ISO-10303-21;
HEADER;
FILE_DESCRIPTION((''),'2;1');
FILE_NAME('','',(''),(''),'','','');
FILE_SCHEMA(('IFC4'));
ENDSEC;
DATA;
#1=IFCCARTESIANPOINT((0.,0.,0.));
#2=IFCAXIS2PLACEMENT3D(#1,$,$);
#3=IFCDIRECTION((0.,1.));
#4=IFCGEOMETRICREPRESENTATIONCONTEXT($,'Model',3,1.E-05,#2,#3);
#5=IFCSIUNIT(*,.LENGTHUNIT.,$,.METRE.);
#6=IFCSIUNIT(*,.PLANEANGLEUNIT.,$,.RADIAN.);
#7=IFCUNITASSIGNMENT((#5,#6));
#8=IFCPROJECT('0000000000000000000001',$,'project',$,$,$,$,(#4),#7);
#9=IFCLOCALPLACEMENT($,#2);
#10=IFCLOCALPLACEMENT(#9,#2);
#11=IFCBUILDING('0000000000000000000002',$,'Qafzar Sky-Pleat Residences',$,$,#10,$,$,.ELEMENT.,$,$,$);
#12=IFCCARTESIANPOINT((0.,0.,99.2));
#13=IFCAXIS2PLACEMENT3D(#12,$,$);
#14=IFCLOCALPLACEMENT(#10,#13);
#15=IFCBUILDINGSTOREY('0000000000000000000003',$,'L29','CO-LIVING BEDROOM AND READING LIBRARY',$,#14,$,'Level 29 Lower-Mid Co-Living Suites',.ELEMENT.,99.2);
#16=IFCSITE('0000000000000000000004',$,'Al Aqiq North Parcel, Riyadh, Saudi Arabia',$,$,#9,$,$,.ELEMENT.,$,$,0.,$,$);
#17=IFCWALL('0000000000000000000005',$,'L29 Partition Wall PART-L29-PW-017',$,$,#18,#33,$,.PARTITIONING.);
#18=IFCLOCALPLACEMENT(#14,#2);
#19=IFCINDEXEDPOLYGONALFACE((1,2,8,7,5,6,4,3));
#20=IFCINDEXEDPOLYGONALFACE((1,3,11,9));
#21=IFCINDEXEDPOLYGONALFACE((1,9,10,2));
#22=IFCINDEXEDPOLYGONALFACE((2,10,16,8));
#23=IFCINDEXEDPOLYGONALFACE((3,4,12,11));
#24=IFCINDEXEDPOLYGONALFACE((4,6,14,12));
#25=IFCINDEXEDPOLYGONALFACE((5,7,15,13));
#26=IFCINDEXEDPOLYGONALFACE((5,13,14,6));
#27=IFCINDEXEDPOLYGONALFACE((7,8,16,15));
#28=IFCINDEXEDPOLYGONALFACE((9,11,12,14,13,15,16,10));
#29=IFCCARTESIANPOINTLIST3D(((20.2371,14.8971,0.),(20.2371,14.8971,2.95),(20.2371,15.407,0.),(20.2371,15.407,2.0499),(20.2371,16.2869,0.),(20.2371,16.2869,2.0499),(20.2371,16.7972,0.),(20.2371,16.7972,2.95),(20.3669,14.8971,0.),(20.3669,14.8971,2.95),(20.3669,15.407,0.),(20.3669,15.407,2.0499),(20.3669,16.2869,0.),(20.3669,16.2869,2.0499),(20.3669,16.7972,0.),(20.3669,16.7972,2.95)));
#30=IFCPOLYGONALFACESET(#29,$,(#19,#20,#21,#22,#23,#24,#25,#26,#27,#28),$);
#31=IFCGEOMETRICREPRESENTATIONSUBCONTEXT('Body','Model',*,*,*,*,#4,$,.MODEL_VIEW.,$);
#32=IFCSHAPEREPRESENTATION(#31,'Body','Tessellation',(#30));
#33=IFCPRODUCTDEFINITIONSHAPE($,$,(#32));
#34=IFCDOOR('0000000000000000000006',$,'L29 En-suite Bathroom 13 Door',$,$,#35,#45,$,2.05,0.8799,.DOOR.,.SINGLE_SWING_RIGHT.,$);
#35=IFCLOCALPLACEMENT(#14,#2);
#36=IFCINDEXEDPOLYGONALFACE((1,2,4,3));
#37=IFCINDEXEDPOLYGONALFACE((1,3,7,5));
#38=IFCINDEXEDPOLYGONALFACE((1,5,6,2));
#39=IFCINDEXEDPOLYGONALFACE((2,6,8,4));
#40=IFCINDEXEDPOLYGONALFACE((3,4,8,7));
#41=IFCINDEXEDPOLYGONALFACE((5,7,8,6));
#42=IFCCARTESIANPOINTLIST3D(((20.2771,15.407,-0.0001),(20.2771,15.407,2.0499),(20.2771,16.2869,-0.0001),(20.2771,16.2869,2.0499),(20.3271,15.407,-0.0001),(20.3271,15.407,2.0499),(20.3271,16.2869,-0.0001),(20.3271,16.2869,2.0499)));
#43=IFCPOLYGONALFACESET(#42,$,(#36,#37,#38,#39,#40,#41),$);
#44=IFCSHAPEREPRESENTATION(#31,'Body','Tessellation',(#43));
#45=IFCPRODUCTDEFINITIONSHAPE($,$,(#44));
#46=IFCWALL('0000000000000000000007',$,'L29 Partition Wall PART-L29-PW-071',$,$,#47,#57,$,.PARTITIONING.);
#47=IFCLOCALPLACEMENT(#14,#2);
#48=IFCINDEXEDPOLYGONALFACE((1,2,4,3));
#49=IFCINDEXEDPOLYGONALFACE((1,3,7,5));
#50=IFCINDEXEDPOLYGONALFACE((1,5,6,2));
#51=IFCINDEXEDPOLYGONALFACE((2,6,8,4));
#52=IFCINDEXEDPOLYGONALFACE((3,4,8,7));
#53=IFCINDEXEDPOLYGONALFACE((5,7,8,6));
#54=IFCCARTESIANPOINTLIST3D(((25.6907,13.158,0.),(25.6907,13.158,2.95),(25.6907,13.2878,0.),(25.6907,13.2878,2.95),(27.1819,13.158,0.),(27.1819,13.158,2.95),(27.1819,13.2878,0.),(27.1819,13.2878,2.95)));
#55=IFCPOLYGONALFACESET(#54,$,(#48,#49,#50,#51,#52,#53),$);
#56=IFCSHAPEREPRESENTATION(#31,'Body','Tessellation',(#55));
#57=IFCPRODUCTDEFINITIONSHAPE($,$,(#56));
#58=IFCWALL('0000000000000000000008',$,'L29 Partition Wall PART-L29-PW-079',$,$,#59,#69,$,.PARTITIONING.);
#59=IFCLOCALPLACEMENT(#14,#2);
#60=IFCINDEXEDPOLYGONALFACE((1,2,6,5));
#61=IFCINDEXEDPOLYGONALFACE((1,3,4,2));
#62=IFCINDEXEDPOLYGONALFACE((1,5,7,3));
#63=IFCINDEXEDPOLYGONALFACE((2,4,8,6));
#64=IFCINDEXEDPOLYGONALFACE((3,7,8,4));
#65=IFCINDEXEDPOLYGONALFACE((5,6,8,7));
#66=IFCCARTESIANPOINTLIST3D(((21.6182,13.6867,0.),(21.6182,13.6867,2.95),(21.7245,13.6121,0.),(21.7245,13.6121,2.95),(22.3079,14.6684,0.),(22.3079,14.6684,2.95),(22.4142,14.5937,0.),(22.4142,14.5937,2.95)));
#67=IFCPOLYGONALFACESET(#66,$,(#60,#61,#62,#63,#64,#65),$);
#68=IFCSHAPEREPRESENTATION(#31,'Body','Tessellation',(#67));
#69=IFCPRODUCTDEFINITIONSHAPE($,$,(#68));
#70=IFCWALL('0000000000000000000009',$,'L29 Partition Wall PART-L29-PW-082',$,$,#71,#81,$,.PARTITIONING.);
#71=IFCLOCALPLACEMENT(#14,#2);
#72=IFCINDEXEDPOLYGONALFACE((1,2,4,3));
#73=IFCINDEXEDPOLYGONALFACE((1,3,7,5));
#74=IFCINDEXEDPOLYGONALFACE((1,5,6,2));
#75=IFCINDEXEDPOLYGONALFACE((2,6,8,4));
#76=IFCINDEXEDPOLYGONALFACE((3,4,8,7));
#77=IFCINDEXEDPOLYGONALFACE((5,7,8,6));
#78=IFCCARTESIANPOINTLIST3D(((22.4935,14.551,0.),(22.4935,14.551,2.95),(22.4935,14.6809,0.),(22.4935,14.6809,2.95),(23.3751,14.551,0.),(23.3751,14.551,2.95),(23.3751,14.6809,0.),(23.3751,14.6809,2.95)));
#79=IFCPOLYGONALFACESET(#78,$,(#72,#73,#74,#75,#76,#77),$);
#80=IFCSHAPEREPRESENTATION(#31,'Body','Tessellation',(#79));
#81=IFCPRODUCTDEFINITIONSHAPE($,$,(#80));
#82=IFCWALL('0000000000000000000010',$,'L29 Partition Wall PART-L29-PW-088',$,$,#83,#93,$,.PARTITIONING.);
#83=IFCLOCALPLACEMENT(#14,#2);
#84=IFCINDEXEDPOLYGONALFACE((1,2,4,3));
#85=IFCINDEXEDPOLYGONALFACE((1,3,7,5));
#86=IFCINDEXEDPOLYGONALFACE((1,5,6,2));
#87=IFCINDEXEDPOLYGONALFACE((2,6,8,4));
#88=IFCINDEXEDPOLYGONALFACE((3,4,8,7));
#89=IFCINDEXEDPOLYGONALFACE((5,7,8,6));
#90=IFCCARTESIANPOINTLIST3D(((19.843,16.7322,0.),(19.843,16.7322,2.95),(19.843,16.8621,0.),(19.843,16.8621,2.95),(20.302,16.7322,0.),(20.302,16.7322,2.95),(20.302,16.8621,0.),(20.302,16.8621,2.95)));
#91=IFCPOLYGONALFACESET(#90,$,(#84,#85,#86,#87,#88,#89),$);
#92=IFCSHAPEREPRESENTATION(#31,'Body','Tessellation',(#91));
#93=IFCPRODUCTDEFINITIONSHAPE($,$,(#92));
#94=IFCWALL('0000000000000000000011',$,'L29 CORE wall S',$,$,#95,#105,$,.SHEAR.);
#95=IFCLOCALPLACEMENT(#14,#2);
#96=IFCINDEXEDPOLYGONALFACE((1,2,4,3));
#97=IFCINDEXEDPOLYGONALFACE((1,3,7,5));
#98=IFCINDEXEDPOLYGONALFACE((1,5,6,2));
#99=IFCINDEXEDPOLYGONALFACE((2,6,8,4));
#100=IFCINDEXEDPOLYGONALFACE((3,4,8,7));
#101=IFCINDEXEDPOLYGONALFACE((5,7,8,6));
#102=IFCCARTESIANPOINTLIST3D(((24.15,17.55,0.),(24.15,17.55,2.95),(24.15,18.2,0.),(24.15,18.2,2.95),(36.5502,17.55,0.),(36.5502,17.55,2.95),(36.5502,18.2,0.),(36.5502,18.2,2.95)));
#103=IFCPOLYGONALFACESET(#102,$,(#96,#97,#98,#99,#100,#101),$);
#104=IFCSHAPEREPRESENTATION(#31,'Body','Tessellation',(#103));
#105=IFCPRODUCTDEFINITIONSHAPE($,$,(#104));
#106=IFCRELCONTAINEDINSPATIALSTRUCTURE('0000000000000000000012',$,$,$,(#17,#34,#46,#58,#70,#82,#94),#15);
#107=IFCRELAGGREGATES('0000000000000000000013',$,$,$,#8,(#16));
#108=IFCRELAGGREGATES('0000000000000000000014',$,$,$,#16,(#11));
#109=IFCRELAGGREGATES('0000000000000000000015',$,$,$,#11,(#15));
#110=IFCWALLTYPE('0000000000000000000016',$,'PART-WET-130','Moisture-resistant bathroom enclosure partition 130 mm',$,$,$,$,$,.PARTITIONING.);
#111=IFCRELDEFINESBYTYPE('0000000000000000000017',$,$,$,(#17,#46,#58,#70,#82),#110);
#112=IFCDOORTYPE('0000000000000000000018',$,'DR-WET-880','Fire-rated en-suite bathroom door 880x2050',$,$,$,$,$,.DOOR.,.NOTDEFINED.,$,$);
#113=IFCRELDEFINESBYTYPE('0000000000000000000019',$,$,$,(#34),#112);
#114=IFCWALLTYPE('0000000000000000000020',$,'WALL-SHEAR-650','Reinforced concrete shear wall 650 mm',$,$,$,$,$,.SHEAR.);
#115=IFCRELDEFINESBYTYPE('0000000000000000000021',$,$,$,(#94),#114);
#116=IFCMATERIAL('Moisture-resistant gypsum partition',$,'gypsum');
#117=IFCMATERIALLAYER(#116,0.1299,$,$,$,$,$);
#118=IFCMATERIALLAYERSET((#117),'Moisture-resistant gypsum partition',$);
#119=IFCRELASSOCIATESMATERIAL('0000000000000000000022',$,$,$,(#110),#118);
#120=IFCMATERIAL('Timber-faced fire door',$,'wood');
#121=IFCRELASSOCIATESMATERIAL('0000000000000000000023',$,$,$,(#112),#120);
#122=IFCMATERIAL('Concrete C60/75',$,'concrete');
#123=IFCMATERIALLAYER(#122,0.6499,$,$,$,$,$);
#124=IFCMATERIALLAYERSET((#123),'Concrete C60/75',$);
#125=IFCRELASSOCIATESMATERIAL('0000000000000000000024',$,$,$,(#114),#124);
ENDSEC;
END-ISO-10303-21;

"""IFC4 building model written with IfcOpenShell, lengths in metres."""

from ifc_helpers import new_model, si_unit, direction, frame, frame_2d, origin, place, context, subcontext, project, spatial, rectangle, extrude, source, transform, mapped, material, layer, layer_set, type_object, element, fill, save


model = new_model("IFC4")

# Units and contexts
model_context = context("Model", 3, precision=1e-05, world=origin(), true_north=direction((0.0, 1.0)))
body_context = subcontext(model_context, "Body", "Model", "MODEL_VIEW")
ifc_project = project(units=[si_unit("LENGTHUNIT", "METRE"), si_unit("PLANEANGLEUNIT", "RADIAN")], contexts=[model_context])

# Site, building, storey
site_placement = place(None, origin())
site = spatial("IfcSite", under=ifc_project, at=site_placement, Name="Al Aqiq North Parcel, Riyadh, Saudi Arabia", CompositionType="ELEMENT", RefElevation=0.0)
building_placement = place(site_placement, origin())
building = spatial("IfcBuilding", under=site, at=building_placement, Name="Qafzar Sky-Pleat Residences", CompositionType="ELEMENT")
storey_placement = place(building_placement, frame((0.0, 0.0, 99.2)))
storey = spatial("IfcBuildingStorey", under=building, at=storey_placement, Name="L29", Description="CO-LIVING BEDROOM AND READING LIBRARY", LongName="Level 29 Lower-Mid Co-Living Suites", CompositionType="ELEMENT", Elevation=99.2)

# Shared definitions
ifc_material_1 = material(Name="Timber-faced fire door", Category="wood")

# Wall, opening, door
ifc_material_2 = material(Name="Moisture-resistant gypsum partition", Category="gypsum")
ifc_layer_1 = layer(ifc_material_2, 0.1299)
ifc_layer_set_1 = layer_set([ifc_layer_1], Name="Moisture-resistant gypsum partition")
wall_type_1 = type_object("IfcWallType", Name="PART-WET-130", Description="Moisture-resistant bathroom enclosure partition 130 mm", PredefinedType="PARTITIONING", material=ifc_layer_set_1)
wall_1_placement = place(storey_placement, frame((20.302, 14.897, 0.0), z_axis=(0.0, 0.0, 1.0), x_axis=(0.0, 1.0, 0.0)))
wall_1 = element("IfcWall", 1, at=wall_1_placement, inside=storey, type_object=wall_type_1, Name="L29 Partition Wall PART-L29-PW-017", PredefinedType="PARTITIONING", context=body_context, shape_type="SweptSolid", body=[
    extrude(rectangle(XDim=1.9001, YDim=0.1299, at=frame_2d((0.9502, 0.0))), origin(), (0.0, 0.0, 1.0), 2.95),
])
opening_1_placement = place(wall_1_placement, frame((0.51, 0.0, 0.0)))
opening_1 = element("IfcOpeningElement", 2, at=opening_1_placement, cuts=wall_1, PredefinedType="OPENING", context=body_context, shape_type="SweptSolid", body=[
    extrude(rectangle(XDim=0.8799, YDim=2.05, at=frame_2d((0.4399, 1.0249))), frame((0.0, 0.075, 0.0), z_axis=(0.0, -1.0, 0.0), x_axis=(1.0, 0.0, 0.0)), (0.0, 0.0, 1.0), 0.1499),
])
door_type_1 = type_object("IfcDoorType", Name="DR-WET-880", Description="Fire-rated en-suite bathroom door 880x2050", OperationType="NOTDEFINED", PredefinedType="DOOR", material=ifc_material_1)
shared_shape_1 = source(origin(), body_context, "Body", "SweptSolid", [
    extrude(rectangle(XDim=0.8799, YDim=2.05, at=frame_2d((0.4399, 1.0249))), frame((0.0, 0.0249, 0.0), z_axis=(0.0, -1.0, 0.0), x_axis=(1.0, 0.0, 0.0)), (0.0, 0.0, 1.0), 0.05),
])
door_1_placement = place(opening_1_placement, origin())
door_1 = element("IfcDoor", 3, at=door_1_placement, inside=storey, type_object=door_type_1, Name="L29 En-suite Bathroom 13 Door", OperationType="SINGLE_SWING_RIGHT", OverallHeight=2.05, OverallWidth=0.8799, PredefinedType="DOOR", context=body_context, shape_type="MappedRepresentation", body=[
    mapped(shared_shape_1, transform((0.0, 0.0, 0.0), x_axis=(1.0, 0.0, 0.0), y_axis=(0.0, 1.0, 0.0), z_axis=(0.0, 0.0, 1.0), scale=1.0)),
])
fill(opening_1, door_1)

# Walls
wall_2_placement = place(storey_placement, frame((25.6907, 13.2229, 0.0), z_axis=(0.0, 0.0, 1.0), x_axis=(1.0, 0.0, 0.0)))
element("IfcWall", 4, at=wall_2_placement, inside=storey, type_object=wall_type_1, Name="L29 Partition Wall PART-L29-PW-071", PredefinedType="PARTITIONING", context=body_context, shape_type="SweptSolid", body=[
    extrude(rectangle(XDim=1.4912, YDim=0.1299, at=frame_2d((0.7456, 0.0))), origin(), (0.0, 0.0, 1.0), 2.95),
])
wall_3_placement = place(storey_placement, frame((21.6714, 13.6494, 0.0), z_axis=(0.0, 0.0, 1.0), x_axis=(0.574868, 0.818246, 0.0)))
element("IfcWall", 5, at=wall_3_placement, inside=storey, type_object=wall_type_1, Name="L29 Partition Wall PART-L29-PW-079", PredefinedType="PARTITIONING", context=body_context, shape_type="SweptSolid", body=[
    extrude(rectangle(XDim=1.1997, YDim=0.1299, at=frame_2d((0.5999, 0.0))), origin(), (0.0, 0.0, 1.0), 2.95),
])
wall_4_placement = place(storey_placement, frame((22.4934, 14.616, 0.0), z_axis=(0.0, 0.0, 1.0), x_axis=(1.0, 0.0, 0.0)))
element("IfcWall", 6, at=wall_4_placement, inside=storey, type_object=wall_type_1, Name="L29 Partition Wall PART-L29-PW-082", PredefinedType="PARTITIONING", context=body_context, shape_type="SweptSolid", body=[
    extrude(rectangle(XDim=0.8816, YDim=0.1299, at=frame_2d((0.4409, 0.0))), origin(), (0.0, 0.0, 1.0), 2.95),
])
wall_5_placement = place(storey_placement, frame((19.843, 16.7971, 0.0), z_axis=(0.0, 0.0, 1.0), x_axis=(1.0, 0.0, 0.0)))
element("IfcWall", 7, at=wall_5_placement, inside=storey, type_object=wall_type_1, Name="L29 Partition Wall PART-L29-PW-088", PredefinedType="PARTITIONING", context=body_context, shape_type="SweptSolid", body=[
    extrude(rectangle(XDim=0.459, YDim=0.1299, at=frame_2d((0.2295, 0.0))), origin(), (0.0, 0.0, 1.0), 2.95),
])

# Shared definitions
ifc_material_3 = material(Name="Concrete C60/75", Category="concrete")

# Wall
ifc_layer_2 = layer(ifc_material_3, 0.6499)
ifc_layer_set_2 = layer_set([ifc_layer_2], Name="Concrete C60/75")
wall_type_2 = type_object("IfcWallType", Name="WALL-SHEAR-650", Description="Reinforced concrete shear wall 650 mm", PredefinedType="SHEAR", material=ifc_layer_set_2)
wall_6_placement = place(storey_placement, frame((24.1499, 17.875, 0.0), z_axis=(0.0, 0.0, 1.0), x_axis=(1.0, 0.0, 0.0)))
element("IfcWall", 8, at=wall_6_placement, inside=storey, type_object=wall_type_2, Name="L29 CORE wall S", PredefinedType="SHEAR", context=body_context, shape_type="SweptSolid", body=[
    extrude(rectangle(XDim=12.4001, YDim=0.6499, at=frame_2d((6.2002, 0.0))), origin(), (0.0, 0.0, 1.0), 2.95),
])

save(model, "model.ifc")
